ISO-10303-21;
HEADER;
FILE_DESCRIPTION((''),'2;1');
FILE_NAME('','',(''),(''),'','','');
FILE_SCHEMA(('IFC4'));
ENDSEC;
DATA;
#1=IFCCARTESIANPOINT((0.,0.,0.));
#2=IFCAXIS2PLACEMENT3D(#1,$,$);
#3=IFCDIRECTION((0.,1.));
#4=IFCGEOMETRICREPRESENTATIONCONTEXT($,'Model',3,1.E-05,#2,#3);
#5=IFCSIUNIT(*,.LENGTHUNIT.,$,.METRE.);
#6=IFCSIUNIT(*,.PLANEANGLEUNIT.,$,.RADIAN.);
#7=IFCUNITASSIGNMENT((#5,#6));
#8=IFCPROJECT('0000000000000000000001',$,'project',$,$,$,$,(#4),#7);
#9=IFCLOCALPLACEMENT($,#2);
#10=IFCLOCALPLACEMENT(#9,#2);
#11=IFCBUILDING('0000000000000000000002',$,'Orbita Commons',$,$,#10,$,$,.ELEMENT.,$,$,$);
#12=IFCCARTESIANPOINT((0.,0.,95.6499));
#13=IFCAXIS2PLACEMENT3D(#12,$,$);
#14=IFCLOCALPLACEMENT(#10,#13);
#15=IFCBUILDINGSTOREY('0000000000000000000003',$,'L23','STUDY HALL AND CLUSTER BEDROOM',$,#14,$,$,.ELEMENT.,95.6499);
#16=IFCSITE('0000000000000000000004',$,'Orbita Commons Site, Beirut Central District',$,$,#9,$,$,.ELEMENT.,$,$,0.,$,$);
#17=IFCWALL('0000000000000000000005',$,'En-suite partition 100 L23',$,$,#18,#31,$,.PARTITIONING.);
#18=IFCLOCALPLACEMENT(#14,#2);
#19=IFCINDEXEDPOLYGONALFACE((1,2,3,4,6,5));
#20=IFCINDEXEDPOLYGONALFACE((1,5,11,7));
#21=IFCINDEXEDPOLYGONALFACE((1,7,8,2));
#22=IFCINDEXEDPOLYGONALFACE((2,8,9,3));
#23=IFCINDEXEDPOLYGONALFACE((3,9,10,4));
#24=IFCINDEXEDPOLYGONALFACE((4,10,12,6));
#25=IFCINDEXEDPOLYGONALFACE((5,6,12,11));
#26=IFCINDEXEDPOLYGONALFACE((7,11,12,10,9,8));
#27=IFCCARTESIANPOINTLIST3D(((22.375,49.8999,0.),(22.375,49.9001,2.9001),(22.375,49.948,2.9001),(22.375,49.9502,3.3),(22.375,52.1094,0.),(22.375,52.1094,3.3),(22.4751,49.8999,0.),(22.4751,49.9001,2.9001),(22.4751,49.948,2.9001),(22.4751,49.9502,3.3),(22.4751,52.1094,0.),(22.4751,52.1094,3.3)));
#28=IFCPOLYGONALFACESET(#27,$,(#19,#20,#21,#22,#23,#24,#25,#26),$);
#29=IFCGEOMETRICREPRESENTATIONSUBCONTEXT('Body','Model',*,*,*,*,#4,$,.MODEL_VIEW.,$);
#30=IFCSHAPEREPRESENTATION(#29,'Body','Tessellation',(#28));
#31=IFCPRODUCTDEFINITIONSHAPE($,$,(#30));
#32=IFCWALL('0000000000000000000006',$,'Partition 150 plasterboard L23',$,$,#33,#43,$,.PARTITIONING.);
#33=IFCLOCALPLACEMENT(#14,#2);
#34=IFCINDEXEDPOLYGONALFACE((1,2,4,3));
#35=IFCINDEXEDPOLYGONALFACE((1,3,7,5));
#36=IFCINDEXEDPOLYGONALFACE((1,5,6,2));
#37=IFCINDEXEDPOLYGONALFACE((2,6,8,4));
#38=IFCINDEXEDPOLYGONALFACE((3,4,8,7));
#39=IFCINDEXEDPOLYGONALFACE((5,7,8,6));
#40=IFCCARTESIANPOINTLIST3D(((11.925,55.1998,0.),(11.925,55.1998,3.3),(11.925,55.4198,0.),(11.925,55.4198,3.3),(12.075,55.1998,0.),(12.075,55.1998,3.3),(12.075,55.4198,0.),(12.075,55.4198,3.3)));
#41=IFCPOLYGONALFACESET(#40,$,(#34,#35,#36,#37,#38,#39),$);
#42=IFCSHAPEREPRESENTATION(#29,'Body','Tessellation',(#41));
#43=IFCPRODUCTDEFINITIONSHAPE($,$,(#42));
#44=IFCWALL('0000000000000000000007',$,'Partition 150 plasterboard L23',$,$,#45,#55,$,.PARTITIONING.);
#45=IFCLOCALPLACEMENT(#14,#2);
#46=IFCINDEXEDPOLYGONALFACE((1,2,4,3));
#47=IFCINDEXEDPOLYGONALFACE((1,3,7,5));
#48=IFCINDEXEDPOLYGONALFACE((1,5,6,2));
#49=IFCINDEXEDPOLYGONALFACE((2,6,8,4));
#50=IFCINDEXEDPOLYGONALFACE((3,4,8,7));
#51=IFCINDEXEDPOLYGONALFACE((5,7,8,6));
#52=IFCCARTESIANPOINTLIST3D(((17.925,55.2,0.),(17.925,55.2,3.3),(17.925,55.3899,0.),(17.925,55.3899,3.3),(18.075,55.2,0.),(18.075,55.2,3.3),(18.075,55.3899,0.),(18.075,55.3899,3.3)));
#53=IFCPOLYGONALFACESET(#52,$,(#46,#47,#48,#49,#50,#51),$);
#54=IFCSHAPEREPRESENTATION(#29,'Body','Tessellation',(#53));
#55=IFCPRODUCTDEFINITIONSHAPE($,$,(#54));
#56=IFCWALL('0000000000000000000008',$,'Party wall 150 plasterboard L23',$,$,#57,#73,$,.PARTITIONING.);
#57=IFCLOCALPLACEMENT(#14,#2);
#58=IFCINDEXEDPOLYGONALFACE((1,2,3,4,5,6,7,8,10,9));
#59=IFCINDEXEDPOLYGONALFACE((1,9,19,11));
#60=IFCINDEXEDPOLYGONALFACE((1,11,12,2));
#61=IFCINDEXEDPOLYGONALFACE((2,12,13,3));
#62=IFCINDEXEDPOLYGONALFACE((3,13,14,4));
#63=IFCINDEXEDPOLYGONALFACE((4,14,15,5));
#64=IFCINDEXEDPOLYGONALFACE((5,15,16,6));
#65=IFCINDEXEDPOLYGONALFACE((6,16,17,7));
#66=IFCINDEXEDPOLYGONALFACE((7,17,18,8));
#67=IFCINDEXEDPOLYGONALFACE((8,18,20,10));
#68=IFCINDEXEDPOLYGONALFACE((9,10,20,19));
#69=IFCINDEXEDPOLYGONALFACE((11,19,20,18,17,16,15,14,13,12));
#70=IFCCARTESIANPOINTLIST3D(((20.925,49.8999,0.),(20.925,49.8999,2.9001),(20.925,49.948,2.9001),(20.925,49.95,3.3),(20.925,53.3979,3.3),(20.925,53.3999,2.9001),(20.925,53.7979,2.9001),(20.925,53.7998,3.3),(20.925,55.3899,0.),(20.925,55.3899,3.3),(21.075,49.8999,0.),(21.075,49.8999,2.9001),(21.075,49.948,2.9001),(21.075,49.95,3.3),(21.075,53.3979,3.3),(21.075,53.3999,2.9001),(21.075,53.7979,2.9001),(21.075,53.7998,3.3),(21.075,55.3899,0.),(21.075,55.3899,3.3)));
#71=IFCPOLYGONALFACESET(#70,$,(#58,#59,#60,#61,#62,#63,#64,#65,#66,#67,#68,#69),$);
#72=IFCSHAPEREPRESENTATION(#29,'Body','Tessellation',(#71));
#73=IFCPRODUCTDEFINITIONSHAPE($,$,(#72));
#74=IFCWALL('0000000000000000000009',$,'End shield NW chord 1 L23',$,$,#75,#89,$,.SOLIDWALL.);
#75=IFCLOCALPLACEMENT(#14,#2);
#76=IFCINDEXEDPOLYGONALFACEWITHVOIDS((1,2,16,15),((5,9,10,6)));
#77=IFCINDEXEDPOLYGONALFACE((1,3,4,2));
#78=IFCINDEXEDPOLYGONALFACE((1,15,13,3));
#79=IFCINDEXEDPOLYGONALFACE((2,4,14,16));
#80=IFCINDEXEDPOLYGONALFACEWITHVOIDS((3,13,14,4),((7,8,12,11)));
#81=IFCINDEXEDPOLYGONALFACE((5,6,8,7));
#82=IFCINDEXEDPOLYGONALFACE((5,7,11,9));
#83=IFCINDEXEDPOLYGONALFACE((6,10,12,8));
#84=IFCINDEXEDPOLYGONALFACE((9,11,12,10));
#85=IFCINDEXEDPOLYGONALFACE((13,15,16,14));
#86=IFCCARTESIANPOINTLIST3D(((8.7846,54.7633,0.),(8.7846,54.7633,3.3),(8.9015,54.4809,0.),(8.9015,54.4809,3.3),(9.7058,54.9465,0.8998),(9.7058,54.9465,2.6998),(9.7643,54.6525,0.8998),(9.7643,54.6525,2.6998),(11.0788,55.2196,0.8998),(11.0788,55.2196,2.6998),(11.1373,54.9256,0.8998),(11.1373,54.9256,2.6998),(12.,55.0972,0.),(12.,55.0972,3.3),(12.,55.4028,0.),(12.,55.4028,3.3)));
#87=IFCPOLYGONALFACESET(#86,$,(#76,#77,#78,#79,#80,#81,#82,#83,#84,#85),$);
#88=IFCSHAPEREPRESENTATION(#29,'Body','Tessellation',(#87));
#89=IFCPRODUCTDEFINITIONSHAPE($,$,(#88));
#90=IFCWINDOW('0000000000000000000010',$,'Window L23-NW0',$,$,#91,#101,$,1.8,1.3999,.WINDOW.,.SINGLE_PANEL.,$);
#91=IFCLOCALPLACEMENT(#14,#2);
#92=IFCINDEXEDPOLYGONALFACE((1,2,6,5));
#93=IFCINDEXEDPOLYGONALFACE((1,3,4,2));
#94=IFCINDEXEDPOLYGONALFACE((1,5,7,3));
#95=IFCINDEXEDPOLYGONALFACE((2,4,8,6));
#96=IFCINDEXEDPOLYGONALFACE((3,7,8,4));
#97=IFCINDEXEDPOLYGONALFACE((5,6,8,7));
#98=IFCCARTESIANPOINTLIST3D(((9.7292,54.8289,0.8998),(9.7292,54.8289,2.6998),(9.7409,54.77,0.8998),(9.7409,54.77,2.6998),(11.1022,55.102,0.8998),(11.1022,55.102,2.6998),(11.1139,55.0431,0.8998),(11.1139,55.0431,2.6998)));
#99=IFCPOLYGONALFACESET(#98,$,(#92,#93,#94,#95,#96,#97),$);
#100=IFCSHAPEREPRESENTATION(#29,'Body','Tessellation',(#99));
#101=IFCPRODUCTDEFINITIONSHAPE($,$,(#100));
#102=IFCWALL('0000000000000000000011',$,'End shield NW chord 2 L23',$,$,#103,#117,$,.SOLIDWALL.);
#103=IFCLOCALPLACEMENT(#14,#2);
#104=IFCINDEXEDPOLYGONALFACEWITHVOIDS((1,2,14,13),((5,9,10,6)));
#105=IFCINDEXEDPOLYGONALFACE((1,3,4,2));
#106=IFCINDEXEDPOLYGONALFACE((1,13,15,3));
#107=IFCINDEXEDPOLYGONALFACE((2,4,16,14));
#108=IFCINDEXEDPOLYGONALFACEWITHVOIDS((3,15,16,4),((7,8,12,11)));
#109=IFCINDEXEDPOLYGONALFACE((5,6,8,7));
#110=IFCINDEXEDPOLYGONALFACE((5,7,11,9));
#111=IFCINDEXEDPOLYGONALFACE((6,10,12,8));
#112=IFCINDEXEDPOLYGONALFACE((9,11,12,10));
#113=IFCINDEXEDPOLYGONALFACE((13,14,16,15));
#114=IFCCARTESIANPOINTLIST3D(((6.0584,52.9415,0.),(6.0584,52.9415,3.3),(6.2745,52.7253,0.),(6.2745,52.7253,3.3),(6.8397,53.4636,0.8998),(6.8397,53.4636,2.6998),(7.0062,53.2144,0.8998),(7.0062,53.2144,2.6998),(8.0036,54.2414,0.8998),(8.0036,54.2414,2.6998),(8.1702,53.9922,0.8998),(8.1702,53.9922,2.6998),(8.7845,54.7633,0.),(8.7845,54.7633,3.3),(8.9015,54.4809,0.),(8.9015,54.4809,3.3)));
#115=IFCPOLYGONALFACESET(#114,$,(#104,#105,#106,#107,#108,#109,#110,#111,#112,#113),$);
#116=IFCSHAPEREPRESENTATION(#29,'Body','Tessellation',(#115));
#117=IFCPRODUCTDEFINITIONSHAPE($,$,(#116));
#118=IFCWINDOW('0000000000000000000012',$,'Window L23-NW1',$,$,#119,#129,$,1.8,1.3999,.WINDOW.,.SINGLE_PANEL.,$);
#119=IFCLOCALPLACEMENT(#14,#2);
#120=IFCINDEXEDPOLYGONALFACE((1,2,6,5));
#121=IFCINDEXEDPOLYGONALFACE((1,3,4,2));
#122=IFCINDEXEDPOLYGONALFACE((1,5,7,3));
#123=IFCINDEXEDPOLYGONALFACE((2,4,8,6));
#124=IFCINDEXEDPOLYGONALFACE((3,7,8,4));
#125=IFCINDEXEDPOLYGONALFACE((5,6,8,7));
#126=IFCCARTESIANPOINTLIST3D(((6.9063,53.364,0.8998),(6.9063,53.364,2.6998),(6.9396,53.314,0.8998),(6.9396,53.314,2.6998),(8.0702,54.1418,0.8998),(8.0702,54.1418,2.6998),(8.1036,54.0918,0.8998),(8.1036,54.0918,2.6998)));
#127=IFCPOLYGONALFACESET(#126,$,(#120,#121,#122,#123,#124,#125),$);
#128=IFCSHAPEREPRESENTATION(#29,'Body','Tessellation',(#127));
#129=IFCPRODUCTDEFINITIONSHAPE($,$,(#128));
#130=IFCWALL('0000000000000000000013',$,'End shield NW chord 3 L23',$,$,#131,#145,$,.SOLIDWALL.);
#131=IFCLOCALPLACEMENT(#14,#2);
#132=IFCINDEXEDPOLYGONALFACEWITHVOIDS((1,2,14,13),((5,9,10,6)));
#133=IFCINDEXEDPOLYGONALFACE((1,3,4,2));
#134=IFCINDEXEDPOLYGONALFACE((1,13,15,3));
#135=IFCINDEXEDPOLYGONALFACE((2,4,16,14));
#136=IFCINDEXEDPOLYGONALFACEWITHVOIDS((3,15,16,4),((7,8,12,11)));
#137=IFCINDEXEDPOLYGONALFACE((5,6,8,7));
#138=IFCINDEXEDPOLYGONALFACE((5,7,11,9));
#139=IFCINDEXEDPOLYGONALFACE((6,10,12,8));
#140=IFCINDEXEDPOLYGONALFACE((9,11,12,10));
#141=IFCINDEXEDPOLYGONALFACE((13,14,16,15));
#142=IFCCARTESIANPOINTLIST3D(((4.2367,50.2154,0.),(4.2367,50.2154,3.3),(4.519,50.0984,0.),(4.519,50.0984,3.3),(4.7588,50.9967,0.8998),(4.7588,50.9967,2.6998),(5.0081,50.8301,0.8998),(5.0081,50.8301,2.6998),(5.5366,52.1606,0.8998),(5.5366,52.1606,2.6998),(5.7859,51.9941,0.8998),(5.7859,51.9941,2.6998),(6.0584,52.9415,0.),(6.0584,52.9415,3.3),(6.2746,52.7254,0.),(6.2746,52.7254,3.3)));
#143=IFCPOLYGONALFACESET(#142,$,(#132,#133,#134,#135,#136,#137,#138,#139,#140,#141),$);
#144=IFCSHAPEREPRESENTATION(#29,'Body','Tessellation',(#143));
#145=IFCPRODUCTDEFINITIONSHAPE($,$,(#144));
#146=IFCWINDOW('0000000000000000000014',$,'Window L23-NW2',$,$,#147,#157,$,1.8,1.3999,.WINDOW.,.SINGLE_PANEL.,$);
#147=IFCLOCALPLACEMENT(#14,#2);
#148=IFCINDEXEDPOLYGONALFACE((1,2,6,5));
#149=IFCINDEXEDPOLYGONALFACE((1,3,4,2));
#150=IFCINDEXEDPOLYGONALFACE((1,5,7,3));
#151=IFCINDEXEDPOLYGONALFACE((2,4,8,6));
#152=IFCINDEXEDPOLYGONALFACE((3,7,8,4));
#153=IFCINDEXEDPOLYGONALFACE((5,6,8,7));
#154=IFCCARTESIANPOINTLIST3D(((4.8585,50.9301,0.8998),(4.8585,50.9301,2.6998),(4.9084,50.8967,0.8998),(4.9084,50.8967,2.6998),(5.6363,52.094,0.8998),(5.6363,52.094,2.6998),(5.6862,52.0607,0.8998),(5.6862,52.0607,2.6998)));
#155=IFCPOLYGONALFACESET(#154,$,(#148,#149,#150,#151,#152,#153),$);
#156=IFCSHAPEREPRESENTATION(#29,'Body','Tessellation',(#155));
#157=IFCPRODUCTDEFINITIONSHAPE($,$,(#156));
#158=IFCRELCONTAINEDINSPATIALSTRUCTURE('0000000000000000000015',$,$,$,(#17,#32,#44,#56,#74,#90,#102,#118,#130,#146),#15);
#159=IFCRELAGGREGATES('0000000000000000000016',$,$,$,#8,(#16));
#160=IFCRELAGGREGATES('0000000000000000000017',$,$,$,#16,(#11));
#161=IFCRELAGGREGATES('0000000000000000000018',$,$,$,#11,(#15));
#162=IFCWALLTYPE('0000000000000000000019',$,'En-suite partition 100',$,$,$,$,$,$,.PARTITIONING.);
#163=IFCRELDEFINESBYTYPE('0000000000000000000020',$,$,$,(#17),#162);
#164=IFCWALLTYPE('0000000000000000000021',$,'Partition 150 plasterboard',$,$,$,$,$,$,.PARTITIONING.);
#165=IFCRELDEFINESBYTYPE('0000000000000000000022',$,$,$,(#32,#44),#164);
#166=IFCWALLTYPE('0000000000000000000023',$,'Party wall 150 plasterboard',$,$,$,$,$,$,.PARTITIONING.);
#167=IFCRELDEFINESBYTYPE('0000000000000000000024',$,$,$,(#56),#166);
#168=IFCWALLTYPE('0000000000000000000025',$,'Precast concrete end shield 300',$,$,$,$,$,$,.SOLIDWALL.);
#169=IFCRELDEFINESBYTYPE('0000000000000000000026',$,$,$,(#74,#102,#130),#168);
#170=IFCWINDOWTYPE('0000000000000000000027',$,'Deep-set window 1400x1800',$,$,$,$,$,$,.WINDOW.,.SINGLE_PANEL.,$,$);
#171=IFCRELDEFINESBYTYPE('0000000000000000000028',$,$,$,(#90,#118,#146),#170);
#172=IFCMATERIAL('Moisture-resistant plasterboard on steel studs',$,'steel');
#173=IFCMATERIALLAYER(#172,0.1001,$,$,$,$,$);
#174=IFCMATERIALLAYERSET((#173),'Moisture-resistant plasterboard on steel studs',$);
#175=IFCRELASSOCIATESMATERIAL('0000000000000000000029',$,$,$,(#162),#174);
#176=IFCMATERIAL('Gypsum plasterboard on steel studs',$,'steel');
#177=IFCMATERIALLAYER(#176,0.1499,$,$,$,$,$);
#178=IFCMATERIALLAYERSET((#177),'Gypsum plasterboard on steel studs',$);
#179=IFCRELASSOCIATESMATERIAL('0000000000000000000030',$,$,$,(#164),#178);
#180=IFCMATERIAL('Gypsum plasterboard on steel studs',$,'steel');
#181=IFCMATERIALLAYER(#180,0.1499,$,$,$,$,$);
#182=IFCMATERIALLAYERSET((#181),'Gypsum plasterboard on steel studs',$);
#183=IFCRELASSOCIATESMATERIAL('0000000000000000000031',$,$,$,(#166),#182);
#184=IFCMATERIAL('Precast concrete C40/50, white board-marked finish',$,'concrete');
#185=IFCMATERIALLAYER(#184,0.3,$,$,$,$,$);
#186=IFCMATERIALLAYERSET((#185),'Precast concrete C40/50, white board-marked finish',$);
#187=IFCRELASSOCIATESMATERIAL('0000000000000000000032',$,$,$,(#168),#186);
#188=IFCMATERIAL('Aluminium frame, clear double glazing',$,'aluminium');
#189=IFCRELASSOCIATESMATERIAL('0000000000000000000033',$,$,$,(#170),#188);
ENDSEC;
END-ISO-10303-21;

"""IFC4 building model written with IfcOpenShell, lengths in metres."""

from ifc_helpers import new_model, si_unit, direction, frame, frame_2d, origin, place, context, subcontext, project, spatial, polyline, rectangle, outline, extrude, material, layer, layer_set, type_object, element, fill, save


model = new_model("IFC4")

# Units and contexts
model_context = context("Model", 3, precision=1e-05, world=origin(), true_north=direction((0.0, 1.0)))
body_context = subcontext(model_context, "Body", "Model", "MODEL_VIEW")
ifc_project = project(units=[si_unit("LENGTHUNIT", "METRE"), si_unit("PLANEANGLEUNIT", "RADIAN")], contexts=[model_context])

# Site, building, storey
site_placement = place(None, origin())
site = spatial("IfcSite", under=ifc_project, at=site_placement, Name="Orbita Commons Site, Beirut Central District", CompositionType="ELEMENT", RefElevation=0.0)
building_placement = place(site_placement, origin())
building = spatial("IfcBuilding", under=site, at=building_placement, Name="Orbita Commons", CompositionType="ELEMENT")
storey_placement = place(building_placement, frame((0.0, 0.0, 95.6499)))
storey = spatial("IfcBuildingStorey", under=building, at=storey_placement, Name="L23", Description="STUDY HALL AND CLUSTER BEDROOM", CompositionType="ELEMENT", Elevation=95.6499)

# Shared definitions
ifc_material_1 = material(Name="Moisture-resistant plasterboard on steel studs", Category="steel")
ifc_layer_1 = layer(ifc_material_1, 0.1001)
ifc_layer_set_1 = layer_set([ifc_layer_1], Name="Moisture-resistant plasterboard on steel studs")
wall_type_1 = type_object("IfcWallType", Name="En-suite partition 100", PredefinedType="PARTITIONING", material=ifc_layer_set_1)

# Walls
wall_1_placement = place(storey_placement, frame((22.425, 52.1094, 0.0), z_axis=(0.0, 0.0, 1.0), x_axis=(0.0, -1.0, 0.0)))
element("IfcWall", 1, at=wall_1_placement, inside=storey, type_object=wall_type_1, Name="En-suite partition 100 L23", PredefinedType="PARTITIONING", context=body_context, shape_type="SweptSolid", body=[
    extrude(outline(polyline([(0.0, 0.0), (2.2095, 0.0), (2.2092, 2.9001), (2.1614, 2.9001), (2.1592, 3.3), (0.0, 3.3), (0.0, 0.0)])), frame((0.0, 0.05, 0.0), z_axis=(0.0, -1.0, 0.0), x_axis=(1.0, 0.0, 0.0)), (0.0, 0.0, 1.0), 0.1001),
])
ifc_material_2 = material(Name="Gypsum plasterboard on steel studs", Category="steel")
ifc_layer_2 = layer(ifc_material_2, 0.1499)
ifc_layer_set_2 = layer_set([ifc_layer_2], Name="Gypsum plasterboard on steel studs")
wall_type_2 = type_object("IfcWallType", Name="Partition 150 plasterboard", PredefinedType="PARTITIONING", material=ifc_layer_set_2)
wall_2_placement = place(storey_placement, frame((12.0, 55.2, 0.0), z_axis=(0.0, 0.0, 1.0), x_axis=(0.0, 1.0, 0.0)))
element("IfcWall", 2, at=wall_2_placement, inside=storey, type_object=wall_type_2, Name="Partition 150 plasterboard L23", PredefinedType="PARTITIONING", context=body_context, shape_type="SweptSolid", body=[
    extrude(rectangle(XDim=0.22, YDim=0.1499, at=frame_2d((0.1099, 0.0))), origin(), (0.0, 0.0, 1.0), 3.3),
])
wall_3_placement = place(storey_placement, frame((18.0, 55.2, 0.0), z_axis=(0.0, 0.0, 1.0), x_axis=(0.0, 1.0, 0.0)))
element("IfcWall", 3, at=wall_3_placement, inside=storey, type_object=wall_type_2, Name="Partition 150 plasterboard L23", PredefinedType="PARTITIONING", context=body_context, shape_type="SweptSolid", body=[
    extrude(rectangle(XDim=0.1899, YDim=0.1499, at=frame_2d((0.095, 0.0))), origin(), (0.0, 0.0, 1.0), 3.3),
])
ifc_material_3 = material(Name="Gypsum plasterboard on steel studs", Category="steel")
ifc_layer_3 = layer(ifc_material_3, 0.1499)
ifc_layer_set_3 = layer_set([ifc_layer_3], Name="Gypsum plasterboard on steel studs")
wall_type_3 = type_object("IfcWallType", Name="Party wall 150 plasterboard", PredefinedType="PARTITIONING", material=ifc_layer_set_3)
wall_4_placement = place(storey_placement, frame((21.0, 55.3899, 0.0), z_axis=(0.0, 0.0, 1.0), x_axis=(0.0, -1.0, 0.0)))
element("IfcWall", 4, at=wall_4_placement, inside=storey, type_object=wall_type_3, Name="Party wall 150 plasterboard L23", PredefinedType="PARTITIONING", context=body_context, shape_type="SweptSolid", body=[
    extrude(outline(polyline([(0.0, 0.0), (5.49, 0.0), (5.49, 2.9001), (5.4419, 2.9001), (5.4399, 3.3), (1.9919, 3.3), (1.99, 2.9001), (1.592, 2.9001), (1.5901, 3.3), (0.0, 3.3), (0.0, 0.0)])), frame((0.0, 0.075, 0.0), z_axis=(0.0, -1.0, 0.0), x_axis=(1.0, 0.0, 0.0)), (0.0, 0.0, 1.0), 0.1499),
])

# Walls, openings, windows
ifc_material_4 = material(Name="Precast concrete C40/50, white board-marked finish", Category="concrete")
ifc_layer_4 = layer(ifc_material_4, 0.3)
ifc_layer_set_4 = layer_set([ifc_layer_4], Name="Precast concrete C40/50, white board-marked finish")
wall_type_4 = type_object("IfcWallType", Name="Precast concrete end shield 300", PredefinedType="SOLIDWALL", material=ifc_layer_set_4)
wall_5_placement = place(storey_placement, frame((12.0, 55.25, 0.0), z_axis=(0.0, 0.0, 1.0), x_axis=(-0.980787, -0.19508, 0.0)))
wall_5 = element("IfcWall", 5, at=wall_5_placement, inside=storey, type_object=wall_type_4, Name="End shield NW chord 1 L23", PredefinedType="SOLIDWALL", context=body_context, shape_type="SweptSolid", body=[
    extrude(outline(polyline([(-0.0298, -0.1499), (3.2485, -0.1499), (3.189, 0.1499), (0.0298, 0.1499), (-0.0298, -0.1499)])), origin(), (0.0, 0.0, 1.0), 3.3),
])
opening_1_placement = place(wall_5_placement, frame((0.9094, 0.0, 0.8999)))
opening_1 = element("IfcOpeningElement", 6, at=opening_1_placement, cuts=wall_5, PredefinedType="OPENING", context=body_context, shape_type="SweptSolid", body=[
    extrude(rectangle(XDim=1.3999, YDim=1.8, at=frame_2d((0.7, 0.8999))), frame((0.0, 0.1599, 0.0), z_axis=(0.0, -1.0, 0.0), x_axis=(1.0, 0.0, 0.0)), (0.0, 0.0, 1.0), 0.3201),
])
ifc_material_5 = material(Name="Aluminium frame, clear double glazing", Category="aluminium")
window_type = type_object("IfcWindowType", Name="Deep-set window 1400x1800", PartitioningType="SINGLE_PANEL", PredefinedType="WINDOW", material=ifc_material_5)
window_1_placement = place(opening_1_placement, origin())
window_1 = element("IfcWindow", 7, at=window_1_placement, inside=storey, type_object=window_type, Name="Window L23-NW0", OverallHeight=1.8, OverallWidth=1.3999, PartitioningType="SINGLE_PANEL", PredefinedType="WINDOW", context=body_context, shape_type="SweptSolid", body=[
    extrude(rectangle(XDim=1.3999, YDim=1.8, at=frame_2d((0.7, 0.8999))), frame((0.0, 0.03, 0.0), z_axis=(0.0, -1.0, 0.0), x_axis=(1.0, 0.0, 0.0)), (0.0, 0.0, 1.0), 0.0601),
])
fill(opening_1, window_1)
wall_6_placement = place(storey_placement, frame((8.843, 54.6221, 0.0), z_axis=(0.0, 0.0, 1.0), x_axis=(-0.831443, -0.55561, 0.0)))
wall_6 = element("IfcWall", 8, at=wall_6_placement, inside=storey, type_object=wall_type_4, Name="End shield NW chord 2 L23", PredefinedType="SOLIDWALL", context=body_context, shape_type="SweptSolid", body=[
    extrude(outline(polyline([(-0.0298, -0.1499), (3.249, -0.1499), (3.1895, 0.1499), (0.0298, 0.1499), (-0.0298, -0.1499)])), origin(), (0.0, 0.0, 1.0), 3.3),
])
opening_2_placement = place(wall_6_placement, frame((0.9094, 0.0, 0.8999)))
opening_2 = element("IfcOpeningElement", 9, at=opening_2_placement, cuts=wall_6, PredefinedType="OPENING", context=body_context, shape_type="SweptSolid", body=[
    extrude(rectangle(XDim=1.3999, YDim=1.8, at=frame_2d((0.7, 0.8999))), frame((0.0, 0.1599, 0.0), z_axis=(0.0, -1.0, 0.0), x_axis=(1.0, 0.0, 0.0)), (0.0, 0.0, 1.0), 0.3201),
])
window_2_placement = place(opening_2_placement, origin())
window_2 = element("IfcWindow", 10, at=window_2_placement, inside=storey, type_object=window_type, Name="Window L23-NW1", OverallHeight=1.8, OverallWidth=1.3999, PartitioningType="SINGLE_PANEL", PredefinedType="WINDOW", context=body_context, shape_type="SweptSolid", body=[
    extrude(rectangle(XDim=1.3999, YDim=1.8, at=frame_2d((0.7, 0.8999))), frame((0.0, 0.03, 0.0), z_axis=(0.0, -1.0, 0.0), x_axis=(1.0, 0.0, 0.0)), (0.0, 0.0, 1.0), 0.0601),
])
fill(opening_2, window_2)
wall_7_placement = place(storey_placement, frame((6.1665, 52.8335, 0.0), z_axis=(0.0, 0.0, 1.0), x_axis=(-0.55561, -0.831443, 0.0)))
wall_7 = element("IfcWall", 11, at=wall_7_placement, inside=storey, type_object=wall_type_4, Name="End shield NW chord 3 L23", PredefinedType="SOLIDWALL", context=body_context, shape_type="SweptSolid", body=[
    extrude(outline(polyline([(-0.0298, -0.1499), (3.249, -0.1499), (3.1895, 0.1499), (0.0298, 0.1499), (-0.0298, -0.1499)])), origin(), (0.0, 0.0, 1.0), 3.3),
])
opening_3_placement = place(wall_7_placement, frame((0.9094, 0.0, 0.8999)))
opening_3 = element("IfcOpeningElement", 12, at=opening_3_placement, cuts=wall_7, PredefinedType="OPENING", context=body_context, shape_type="SweptSolid", body=[
    extrude(rectangle(XDim=1.3999, YDim=1.8, at=frame_2d((0.7, 0.8999))), frame((0.0, 0.1599, 0.0), z_axis=(0.0, -1.0, 0.0), x_axis=(1.0, 0.0, 0.0)), (0.0, 0.0, 1.0), 0.3201),
])
window_3_placement = place(opening_3_placement, origin())
window_3 = element("IfcWindow", 13, at=window_3_placement, inside=storey, type_object=window_type, Name="Window L23-NW2", OverallHeight=1.8, OverallWidth=1.3999, PartitioningType="SINGLE_PANEL", PredefinedType="WINDOW", context=body_context, shape_type="SweptSolid", body=[
    extrude(rectangle(XDim=1.3999, YDim=1.8, at=frame_2d((0.7, 0.8999))), frame((0.0, 0.03, 0.0), z_axis=(0.0, -1.0, 0.0), x_axis=(1.0, 0.0, 0.0)), (0.0, 0.0, 1.0), 0.0601),
])
fill(opening_3, window_3)

save(model, "model.ifc")
